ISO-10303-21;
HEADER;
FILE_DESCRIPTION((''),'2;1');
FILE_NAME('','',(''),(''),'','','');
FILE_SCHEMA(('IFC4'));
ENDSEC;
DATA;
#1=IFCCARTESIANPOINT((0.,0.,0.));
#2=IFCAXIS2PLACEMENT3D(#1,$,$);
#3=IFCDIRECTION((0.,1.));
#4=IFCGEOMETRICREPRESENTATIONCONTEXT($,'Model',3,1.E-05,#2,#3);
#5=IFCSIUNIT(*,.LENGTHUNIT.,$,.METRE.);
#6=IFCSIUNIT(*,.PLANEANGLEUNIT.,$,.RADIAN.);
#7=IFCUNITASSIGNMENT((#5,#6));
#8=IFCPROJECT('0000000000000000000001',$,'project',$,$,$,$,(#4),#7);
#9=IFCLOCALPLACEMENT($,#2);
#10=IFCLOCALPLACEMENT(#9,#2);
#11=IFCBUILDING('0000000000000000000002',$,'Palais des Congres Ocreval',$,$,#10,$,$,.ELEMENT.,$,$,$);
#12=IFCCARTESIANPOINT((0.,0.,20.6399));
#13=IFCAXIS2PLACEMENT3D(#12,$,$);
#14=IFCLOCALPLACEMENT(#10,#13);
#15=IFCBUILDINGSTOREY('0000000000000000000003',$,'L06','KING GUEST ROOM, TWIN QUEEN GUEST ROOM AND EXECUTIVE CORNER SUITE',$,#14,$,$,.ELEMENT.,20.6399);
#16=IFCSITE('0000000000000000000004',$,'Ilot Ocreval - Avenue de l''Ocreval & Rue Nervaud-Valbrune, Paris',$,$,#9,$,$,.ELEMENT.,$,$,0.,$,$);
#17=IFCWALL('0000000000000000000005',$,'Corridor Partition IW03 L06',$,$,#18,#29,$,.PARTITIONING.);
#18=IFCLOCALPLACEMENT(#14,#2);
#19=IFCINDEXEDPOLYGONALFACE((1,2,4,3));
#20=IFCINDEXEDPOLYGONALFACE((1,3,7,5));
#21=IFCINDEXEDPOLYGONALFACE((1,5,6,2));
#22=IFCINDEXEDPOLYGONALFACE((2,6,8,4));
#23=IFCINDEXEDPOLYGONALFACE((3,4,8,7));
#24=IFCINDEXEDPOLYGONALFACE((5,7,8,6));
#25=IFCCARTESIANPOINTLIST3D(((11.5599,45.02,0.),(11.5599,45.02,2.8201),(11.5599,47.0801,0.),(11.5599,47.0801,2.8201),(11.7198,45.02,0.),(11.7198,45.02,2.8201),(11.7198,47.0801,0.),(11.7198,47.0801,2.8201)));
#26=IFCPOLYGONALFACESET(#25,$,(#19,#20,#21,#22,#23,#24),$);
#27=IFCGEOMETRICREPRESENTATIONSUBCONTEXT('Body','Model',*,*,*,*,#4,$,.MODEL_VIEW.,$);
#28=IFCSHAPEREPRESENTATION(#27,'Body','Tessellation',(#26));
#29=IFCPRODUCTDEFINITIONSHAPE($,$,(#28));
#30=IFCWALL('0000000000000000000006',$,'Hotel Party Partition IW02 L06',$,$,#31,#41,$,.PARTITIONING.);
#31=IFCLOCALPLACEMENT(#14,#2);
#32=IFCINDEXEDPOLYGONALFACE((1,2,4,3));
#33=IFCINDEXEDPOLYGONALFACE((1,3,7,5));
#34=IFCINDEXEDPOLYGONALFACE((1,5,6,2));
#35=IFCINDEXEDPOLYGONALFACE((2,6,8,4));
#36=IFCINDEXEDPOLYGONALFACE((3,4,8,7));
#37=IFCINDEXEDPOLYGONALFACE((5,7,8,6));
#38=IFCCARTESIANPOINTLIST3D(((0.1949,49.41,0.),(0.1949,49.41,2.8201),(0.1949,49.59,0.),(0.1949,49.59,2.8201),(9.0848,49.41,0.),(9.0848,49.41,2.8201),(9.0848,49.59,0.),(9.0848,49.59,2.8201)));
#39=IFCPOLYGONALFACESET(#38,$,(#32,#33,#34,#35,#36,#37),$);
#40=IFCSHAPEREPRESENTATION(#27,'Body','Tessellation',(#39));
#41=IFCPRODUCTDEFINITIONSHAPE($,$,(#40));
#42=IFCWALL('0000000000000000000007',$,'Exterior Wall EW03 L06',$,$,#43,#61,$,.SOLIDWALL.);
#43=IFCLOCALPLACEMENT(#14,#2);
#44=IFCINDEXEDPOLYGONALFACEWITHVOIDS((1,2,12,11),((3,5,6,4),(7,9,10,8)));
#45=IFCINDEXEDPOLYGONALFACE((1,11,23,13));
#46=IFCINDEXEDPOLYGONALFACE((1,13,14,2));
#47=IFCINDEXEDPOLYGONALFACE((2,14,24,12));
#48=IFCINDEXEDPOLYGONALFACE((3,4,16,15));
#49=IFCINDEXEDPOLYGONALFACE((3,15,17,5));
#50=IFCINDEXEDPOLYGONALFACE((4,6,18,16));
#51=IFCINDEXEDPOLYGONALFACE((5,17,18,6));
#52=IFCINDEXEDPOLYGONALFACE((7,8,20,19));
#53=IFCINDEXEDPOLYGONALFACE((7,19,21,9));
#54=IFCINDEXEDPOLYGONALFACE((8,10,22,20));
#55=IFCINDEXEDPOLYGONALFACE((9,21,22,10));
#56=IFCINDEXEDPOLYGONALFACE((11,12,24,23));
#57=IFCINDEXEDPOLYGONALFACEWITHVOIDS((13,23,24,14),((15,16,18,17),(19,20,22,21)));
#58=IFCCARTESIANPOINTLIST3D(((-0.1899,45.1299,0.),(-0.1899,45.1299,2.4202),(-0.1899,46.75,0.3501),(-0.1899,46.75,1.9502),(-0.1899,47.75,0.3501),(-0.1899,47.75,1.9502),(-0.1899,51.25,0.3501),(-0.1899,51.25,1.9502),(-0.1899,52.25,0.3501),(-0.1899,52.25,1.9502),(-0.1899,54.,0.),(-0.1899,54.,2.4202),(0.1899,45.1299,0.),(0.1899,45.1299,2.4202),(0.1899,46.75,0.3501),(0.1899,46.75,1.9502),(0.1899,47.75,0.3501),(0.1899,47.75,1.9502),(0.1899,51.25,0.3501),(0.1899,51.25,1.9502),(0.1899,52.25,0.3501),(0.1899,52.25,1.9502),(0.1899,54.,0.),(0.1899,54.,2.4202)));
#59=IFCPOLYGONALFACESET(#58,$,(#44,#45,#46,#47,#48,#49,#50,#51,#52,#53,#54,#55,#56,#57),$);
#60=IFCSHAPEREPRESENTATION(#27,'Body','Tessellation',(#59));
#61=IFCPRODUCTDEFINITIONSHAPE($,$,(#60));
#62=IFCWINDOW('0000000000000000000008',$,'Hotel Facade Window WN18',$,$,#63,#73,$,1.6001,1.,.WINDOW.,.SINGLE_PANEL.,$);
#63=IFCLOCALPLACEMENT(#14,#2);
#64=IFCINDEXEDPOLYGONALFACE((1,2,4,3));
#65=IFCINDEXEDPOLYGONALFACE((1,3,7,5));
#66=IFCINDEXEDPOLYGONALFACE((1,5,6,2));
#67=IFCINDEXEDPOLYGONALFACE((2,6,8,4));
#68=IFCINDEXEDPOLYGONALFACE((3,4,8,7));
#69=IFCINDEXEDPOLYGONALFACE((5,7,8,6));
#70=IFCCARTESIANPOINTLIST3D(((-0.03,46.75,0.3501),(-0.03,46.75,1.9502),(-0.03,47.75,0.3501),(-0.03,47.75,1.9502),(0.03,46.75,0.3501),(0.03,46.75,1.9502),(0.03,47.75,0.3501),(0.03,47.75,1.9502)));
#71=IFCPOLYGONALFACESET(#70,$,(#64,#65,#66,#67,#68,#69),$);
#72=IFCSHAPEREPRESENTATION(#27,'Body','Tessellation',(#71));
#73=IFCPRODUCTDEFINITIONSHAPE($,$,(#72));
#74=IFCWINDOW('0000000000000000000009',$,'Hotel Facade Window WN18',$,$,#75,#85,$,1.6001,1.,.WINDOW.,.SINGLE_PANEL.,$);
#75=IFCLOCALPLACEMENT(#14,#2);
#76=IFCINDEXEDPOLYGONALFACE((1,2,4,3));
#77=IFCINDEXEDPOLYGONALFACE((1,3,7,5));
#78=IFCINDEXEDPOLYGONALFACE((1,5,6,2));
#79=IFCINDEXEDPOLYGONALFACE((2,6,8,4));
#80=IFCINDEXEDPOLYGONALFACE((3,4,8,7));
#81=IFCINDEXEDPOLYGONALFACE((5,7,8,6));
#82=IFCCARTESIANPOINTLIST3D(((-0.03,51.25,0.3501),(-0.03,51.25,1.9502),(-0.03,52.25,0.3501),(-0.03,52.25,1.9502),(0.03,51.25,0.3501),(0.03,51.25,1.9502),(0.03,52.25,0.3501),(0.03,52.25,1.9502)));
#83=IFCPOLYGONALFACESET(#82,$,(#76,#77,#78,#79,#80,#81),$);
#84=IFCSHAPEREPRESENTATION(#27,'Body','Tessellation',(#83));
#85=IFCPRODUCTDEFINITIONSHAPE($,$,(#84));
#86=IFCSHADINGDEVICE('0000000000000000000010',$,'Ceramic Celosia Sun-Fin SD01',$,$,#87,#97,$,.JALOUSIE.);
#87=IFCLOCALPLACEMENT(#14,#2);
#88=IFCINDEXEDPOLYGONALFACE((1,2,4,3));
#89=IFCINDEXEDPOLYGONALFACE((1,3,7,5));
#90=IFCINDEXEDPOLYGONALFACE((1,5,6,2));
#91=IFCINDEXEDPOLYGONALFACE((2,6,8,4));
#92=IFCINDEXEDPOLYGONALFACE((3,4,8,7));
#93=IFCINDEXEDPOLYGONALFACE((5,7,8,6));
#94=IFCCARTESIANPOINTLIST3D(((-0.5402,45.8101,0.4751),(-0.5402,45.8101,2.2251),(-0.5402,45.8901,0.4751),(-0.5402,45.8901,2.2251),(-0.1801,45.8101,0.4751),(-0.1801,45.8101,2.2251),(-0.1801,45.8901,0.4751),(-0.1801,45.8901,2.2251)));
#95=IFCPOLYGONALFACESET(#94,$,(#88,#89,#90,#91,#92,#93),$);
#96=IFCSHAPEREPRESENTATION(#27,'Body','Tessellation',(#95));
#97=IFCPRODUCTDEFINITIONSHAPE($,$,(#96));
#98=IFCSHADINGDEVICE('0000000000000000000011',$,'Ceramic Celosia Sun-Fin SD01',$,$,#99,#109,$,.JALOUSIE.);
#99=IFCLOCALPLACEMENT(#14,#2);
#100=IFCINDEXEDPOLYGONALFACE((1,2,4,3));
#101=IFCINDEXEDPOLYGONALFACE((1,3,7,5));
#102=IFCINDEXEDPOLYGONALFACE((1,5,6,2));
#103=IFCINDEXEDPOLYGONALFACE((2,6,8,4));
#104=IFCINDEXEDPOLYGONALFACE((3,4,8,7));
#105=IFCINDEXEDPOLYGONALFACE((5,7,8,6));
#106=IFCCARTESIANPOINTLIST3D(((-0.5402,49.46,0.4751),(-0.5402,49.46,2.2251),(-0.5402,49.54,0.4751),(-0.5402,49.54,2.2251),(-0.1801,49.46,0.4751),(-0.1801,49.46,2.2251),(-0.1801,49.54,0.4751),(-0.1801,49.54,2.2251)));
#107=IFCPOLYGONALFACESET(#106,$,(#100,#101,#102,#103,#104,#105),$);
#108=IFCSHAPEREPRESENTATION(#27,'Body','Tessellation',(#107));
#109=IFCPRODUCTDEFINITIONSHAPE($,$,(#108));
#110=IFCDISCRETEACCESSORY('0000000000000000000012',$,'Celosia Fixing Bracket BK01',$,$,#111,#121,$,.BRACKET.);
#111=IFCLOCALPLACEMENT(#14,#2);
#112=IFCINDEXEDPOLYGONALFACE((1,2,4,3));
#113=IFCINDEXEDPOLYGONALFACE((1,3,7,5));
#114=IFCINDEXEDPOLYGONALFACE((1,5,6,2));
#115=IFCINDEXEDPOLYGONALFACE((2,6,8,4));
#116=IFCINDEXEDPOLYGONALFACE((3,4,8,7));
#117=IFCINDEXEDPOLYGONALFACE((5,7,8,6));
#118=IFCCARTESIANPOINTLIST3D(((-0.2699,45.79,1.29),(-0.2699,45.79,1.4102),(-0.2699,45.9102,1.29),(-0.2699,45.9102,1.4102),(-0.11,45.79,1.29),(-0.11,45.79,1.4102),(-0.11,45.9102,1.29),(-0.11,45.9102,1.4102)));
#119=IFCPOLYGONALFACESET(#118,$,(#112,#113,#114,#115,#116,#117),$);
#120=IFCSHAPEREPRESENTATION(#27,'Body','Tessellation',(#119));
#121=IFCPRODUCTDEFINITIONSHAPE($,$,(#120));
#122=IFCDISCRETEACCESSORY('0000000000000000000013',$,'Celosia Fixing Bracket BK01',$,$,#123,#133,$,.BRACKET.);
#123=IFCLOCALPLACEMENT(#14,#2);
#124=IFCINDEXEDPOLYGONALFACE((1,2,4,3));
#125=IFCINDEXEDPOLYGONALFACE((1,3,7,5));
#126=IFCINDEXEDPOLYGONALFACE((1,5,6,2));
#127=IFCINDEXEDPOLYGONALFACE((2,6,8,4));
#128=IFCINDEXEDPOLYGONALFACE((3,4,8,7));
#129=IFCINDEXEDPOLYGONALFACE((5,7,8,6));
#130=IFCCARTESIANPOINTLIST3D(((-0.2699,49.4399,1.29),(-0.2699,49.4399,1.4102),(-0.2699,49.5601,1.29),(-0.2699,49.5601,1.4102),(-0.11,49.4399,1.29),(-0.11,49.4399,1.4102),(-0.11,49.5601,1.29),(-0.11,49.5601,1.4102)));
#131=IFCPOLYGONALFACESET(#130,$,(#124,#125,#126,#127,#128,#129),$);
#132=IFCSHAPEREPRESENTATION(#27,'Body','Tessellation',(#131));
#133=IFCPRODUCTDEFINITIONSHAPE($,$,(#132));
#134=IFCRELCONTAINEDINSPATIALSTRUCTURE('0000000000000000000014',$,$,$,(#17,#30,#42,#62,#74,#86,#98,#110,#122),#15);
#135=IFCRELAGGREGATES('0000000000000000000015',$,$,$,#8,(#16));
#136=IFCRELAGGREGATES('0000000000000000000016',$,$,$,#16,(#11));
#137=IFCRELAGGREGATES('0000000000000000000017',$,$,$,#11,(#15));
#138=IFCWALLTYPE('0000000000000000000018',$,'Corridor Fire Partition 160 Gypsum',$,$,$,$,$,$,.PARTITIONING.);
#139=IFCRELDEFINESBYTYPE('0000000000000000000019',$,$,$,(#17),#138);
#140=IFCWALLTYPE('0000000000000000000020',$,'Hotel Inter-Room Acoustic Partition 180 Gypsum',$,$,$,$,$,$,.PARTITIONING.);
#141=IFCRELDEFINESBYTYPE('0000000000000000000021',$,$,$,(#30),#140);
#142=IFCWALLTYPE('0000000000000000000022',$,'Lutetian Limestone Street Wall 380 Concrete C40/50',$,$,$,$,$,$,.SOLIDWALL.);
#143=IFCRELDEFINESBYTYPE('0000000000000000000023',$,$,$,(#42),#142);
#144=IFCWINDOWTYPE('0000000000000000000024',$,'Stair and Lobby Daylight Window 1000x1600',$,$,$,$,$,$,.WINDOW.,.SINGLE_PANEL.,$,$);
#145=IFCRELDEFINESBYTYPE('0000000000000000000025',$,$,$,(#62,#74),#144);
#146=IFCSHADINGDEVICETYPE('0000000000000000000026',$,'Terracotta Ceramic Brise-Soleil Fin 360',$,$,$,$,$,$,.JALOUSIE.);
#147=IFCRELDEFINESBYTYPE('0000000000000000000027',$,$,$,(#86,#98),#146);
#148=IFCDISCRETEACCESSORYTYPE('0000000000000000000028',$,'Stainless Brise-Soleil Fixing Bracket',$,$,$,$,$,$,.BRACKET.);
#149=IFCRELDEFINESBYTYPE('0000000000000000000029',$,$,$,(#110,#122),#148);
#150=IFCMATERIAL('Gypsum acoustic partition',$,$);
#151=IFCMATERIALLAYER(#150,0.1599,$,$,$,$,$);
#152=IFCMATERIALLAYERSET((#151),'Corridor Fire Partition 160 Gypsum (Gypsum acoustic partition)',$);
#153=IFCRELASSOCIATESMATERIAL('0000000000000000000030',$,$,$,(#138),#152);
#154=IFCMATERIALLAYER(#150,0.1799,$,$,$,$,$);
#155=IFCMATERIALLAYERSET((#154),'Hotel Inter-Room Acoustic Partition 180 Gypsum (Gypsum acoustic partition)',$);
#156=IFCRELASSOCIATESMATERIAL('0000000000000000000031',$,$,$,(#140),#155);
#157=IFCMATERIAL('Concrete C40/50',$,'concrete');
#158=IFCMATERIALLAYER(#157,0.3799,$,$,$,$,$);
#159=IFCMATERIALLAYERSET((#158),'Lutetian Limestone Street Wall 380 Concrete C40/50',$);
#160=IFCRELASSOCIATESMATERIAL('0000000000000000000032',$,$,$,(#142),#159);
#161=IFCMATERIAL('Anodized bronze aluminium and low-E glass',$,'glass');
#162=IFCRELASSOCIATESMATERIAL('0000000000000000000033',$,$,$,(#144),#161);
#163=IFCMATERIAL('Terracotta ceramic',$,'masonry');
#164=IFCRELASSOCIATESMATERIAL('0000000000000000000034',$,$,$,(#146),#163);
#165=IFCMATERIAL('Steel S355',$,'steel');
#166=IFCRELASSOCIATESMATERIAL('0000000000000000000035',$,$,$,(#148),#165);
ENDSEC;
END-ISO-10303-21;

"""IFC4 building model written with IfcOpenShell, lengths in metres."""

from ifc_helpers import new_model, si_unit, direction, frame, frame_2d, origin, origin_2d, place, context, subcontext, project, spatial, rectangle, extrude, material, layer, layer_set, type_object, element, fill, save


model = new_model("IFC4")

# Units and contexts
model_context = context("Model", 3, precision=1e-05, world=origin(), true_north=direction((0.0, 1.0)))
body_context = subcontext(model_context, "Body", "Model", "MODEL_VIEW")
ifc_project = project(units=[si_unit("LENGTHUNIT", "METRE"), si_unit("PLANEANGLEUNIT", "RADIAN")], contexts=[model_context])

# Site, building, storey
site_placement = place(None, origin())
site = spatial("IfcSite", under=ifc_project, at=site_placement, Name="Ilot Ocreval - Avenue de l'Ocreval & Rue Nervaud-Valbrune, Paris", CompositionType="ELEMENT", RefElevation=0.0)
building_placement = place(site_placement, origin())
building = spatial("IfcBuilding", under=site, at=building_placement, Name="Palais des Congres Ocreval", CompositionType="ELEMENT")
storey_placement = place(building_placement, frame((0.0, 0.0, 20.6399)))
storey = spatial("IfcBuildingStorey", under=building, at=storey_placement, Name="L06", Description="KING GUEST ROOM, TWIN QUEEN GUEST ROOM AND EXECUTIVE CORNER SUITE", CompositionType="ELEMENT", Elevation=20.6399)

# Shared definitions
ifc_material_1 = material(Name="Concrete C40/50", Category="concrete")

# Shared definitions
ifc_material_2 = material(Name="Steel S355", Category="steel")

# Wall
ifc_material_3 = material(Name="Gypsum acoustic partition")
ifc_layer_1 = layer(ifc_material_3, 0.1599)
ifc_layer_set_1 = layer_set([ifc_layer_1], Name="Corridor Fire Partition 160 Gypsum (Gypsum acoustic partition)")
wall_type_1 = type_object("IfcWallType", Name="Corridor Fire Partition 160 Gypsum", PredefinedType="PARTITIONING", material=ifc_layer_set_1)
for number, where, z_axis, x_axis, name in (
    (1, (11.6399, 45.02, 0.0), (0.0, 0.0, 1.0), (0.0, 1.0, 0.0), "Corridor Partition IW03 L06"),
):
    element("IfcWall", number, at=place(storey_placement, frame(where, z_axis=z_axis, x_axis=x_axis)), inside=storey, type_object=wall_type_1, Name=name, PredefinedType="PARTITIONING", context=body_context, shape_type="SweptSolid", body=[
        extrude(rectangle(XDim=2.0601, YDim=0.1599, at=frame_2d((1.03, 0.0))), origin(), (0.0, 0.0, 1.0), 2.8201),
    ])

# Wall
ifc_layer_2 = layer(ifc_material_3, 0.1799)
ifc_layer_set_2 = layer_set([ifc_layer_2], Name="Hotel Inter-Room Acoustic Partition 180 Gypsum (Gypsum acoustic partition)")
wall_type_2 = type_object("IfcWallType", Name="Hotel Inter-Room Acoustic Partition 180 Gypsum", PredefinedType="PARTITIONING", material=ifc_layer_set_2)
wall_1_placement = place(storey_placement, frame((0.1951, 49.5, 0.0), z_axis=(0.0, 0.0, 1.0), x_axis=(1.0, 0.0, 0.0)))
element("IfcWall", 2, at=wall_1_placement, inside=storey, type_object=wall_type_2, Name="Hotel Party Partition IW02 L06", PredefinedType="PARTITIONING", context=body_context, shape_type="SweptSolid", body=[
    extrude(rectangle(XDim=8.8899, YDim=0.1799, at=frame_2d((4.4448, 0.0))), origin(), (0.0, 0.0, 1.0), 2.8201),
])

# Wall, openings, windows
ifc_layer_3 = layer(ifc_material_1, 0.3799)
ifc_layer_set_3 = layer_set([ifc_layer_3], Name="Lutetian Limestone Street Wall 380 Concrete C40/50")
wall_type_3 = type_object("IfcWallType", Name="Lutetian Limestone Street Wall 380 Concrete C40/50", PredefinedType="SOLIDWALL", material=ifc_layer_set_3)
wall_2_placement = place(storey_placement, frame((0.0, 45.1299, 0.0), z_axis=(0.0, 0.0, 1.0), x_axis=(0.0, 1.0, 0.0)))
wall_2 = element("IfcWall", 3, at=wall_2_placement, inside=storey, type_object=wall_type_3, Name="Exterior Wall EW03 L06", PredefinedType="SOLIDWALL", context=body_context, shape_type="SweptSolid", body=[
    extrude(rectangle(XDim=8.8701, YDim=0.3799, at=frame_2d((4.4351, 0.0))), origin(), (0.0, 0.0, 1.0), 2.4202),
])
opening_1_placement = place(wall_2_placement, frame((1.6201, 0.0, 0.3501)))
opening_1 = element("IfcOpeningElement", 4, at=opening_1_placement, cuts=wall_2, PredefinedType="OPENING", context=body_context, shape_type="SweptSolid", body=[
    extrude(rectangle(XDim=1.0, YDim=1.6001, at=frame_2d((0.5, 0.8))), frame((0.0, 0.2, 0.0), z_axis=(0.0, -1.0, 0.0), x_axis=(1.0, 0.0, 0.0)), (0.0, 0.0, 1.0), 0.3999),
])
opening_2_placement = place(wall_2_placement, frame((6.1201, 0.0, 0.3501)))
opening_2 = element("IfcOpeningElement", 5, at=opening_2_placement, cuts=wall_2, PredefinedType="OPENING", context=body_context, shape_type="SweptSolid", body=[
    extrude(rectangle(XDim=1.0, YDim=1.6001, at=frame_2d((0.5, 0.8))), frame((0.0, 0.2, 0.0), z_axis=(0.0, -1.0, 0.0), x_axis=(1.0, 0.0, 0.0)), (0.0, 0.0, 1.0), 0.3999),
])
ifc_material_4 = material(Name="Anodized bronze aluminium and low-E glass", Category="glass")
window_type = type_object("IfcWindowType", Name="Stair and Lobby Daylight Window 1000x1600", PartitioningType="SINGLE_PANEL", PredefinedType="WINDOW", material=ifc_material_4)
window_1_placement = place(opening_1_placement, origin())
window_1 = element("IfcWindow", 6, at=window_1_placement, inside=storey, type_object=window_type, Name="Hotel Facade Window WN18", OverallHeight=1.6001, OverallWidth=1.0, PartitioningType="SINGLE_PANEL", PredefinedType="WINDOW", context=body_context, shape_type="SweptSolid", body=[
    extrude(rectangle(XDim=1.0, YDim=1.6001, at=frame_2d((0.5, 0.8))), frame((0.0, 0.03, 0.0), z_axis=(0.0, -1.0, 0.0), x_axis=(1.0, 0.0, 0.0)), (0.0, 0.0, 1.0), 0.0601),
])
fill(opening_1, window_1)
window_2_placement = place(opening_2_placement, origin())
window_2 = element("IfcWindow", 7, at=window_2_placement, inside=storey, type_object=window_type, Name="Hotel Facade Window WN18", OverallHeight=1.6001, OverallWidth=1.0, PartitioningType="SINGLE_PANEL", PredefinedType="WINDOW", context=body_context, shape_type="SweptSolid", body=[
    extrude(rectangle(XDim=1.0, YDim=1.6001, at=frame_2d((0.5, 0.8))), frame((0.0, 0.03, 0.0), z_axis=(0.0, -1.0, 0.0), x_axis=(1.0, 0.0, 0.0)), (0.0, 0.0, 1.0), 0.0601),
])
fill(opening_2, window_2)

# Shading devices
ifc_material_5 = material(Name="Terracotta ceramic", Category="masonry")
shading_device_type = type_object("IfcShadingDeviceType", Name="Terracotta Ceramic Brise-Soleil Fin 360", PredefinedType="JALOUSIE", material=ifc_material_5)
for number, where, z_axis, x_axis, name in (
    (8, (-0.3601, 45.8501, 0.4751), (0.0, 0.0, 1.0), (-1.0, 0.0, 0.0), "Ceramic Celosia Sun-Fin SD01"),
    (9, (-0.3601, 49.5, 0.4751), (0.0, 0.0, 1.0), (-1.0, 0.0, 0.0), "Ceramic Celosia Sun-Fin SD01"),
):
    element("IfcShadingDevice", number, at=place(storey_placement, frame(where, z_axis=z_axis, x_axis=x_axis)), inside=storey, type_object=shading_device_type, Name=name, PredefinedType="JALOUSIE", context=body_context, shape_type="SweptSolid", body=[
        extrude(rectangle(XDim=0.3601, YDim=0.0801, at=origin_2d()), origin(), (0.0, 0.0, 1.0), 1.75),
    ])

# Discrete accessories
discrete_accessory_type = type_object("IfcDiscreteAccessoryType", Name="Stainless Brise-Soleil Fixing Bracket", PredefinedType="BRACKET", material=ifc_material_2)
for number, where, z_axis, x_axis, name in (
    (10, (-0.1899, 45.8501, 1.29), (0.0, 0.0, 1.0), (-1.0, 0.0, 0.0), "Celosia Fixing Bracket BK01"),
    (11, (-0.1899, 49.5, 1.29), (0.0, 0.0, 1.0), (-1.0, 0.0, 0.0), "Celosia Fixing Bracket BK01"),
):
    element("IfcDiscreteAccessory", number, at=place(storey_placement, frame(where, z_axis=z_axis, x_axis=x_axis)), inside=storey, type_object=discrete_accessory_type, Name=name, PredefinedType="BRACKET", context=body_context, shape_type="SweptSolid", body=[
        extrude(rectangle(XDim=0.1599, YDim=0.1201, at=origin_2d()), origin(), (0.0, 0.0, 1.0), 0.1201),
    ])

save(model, "model.ifc")
